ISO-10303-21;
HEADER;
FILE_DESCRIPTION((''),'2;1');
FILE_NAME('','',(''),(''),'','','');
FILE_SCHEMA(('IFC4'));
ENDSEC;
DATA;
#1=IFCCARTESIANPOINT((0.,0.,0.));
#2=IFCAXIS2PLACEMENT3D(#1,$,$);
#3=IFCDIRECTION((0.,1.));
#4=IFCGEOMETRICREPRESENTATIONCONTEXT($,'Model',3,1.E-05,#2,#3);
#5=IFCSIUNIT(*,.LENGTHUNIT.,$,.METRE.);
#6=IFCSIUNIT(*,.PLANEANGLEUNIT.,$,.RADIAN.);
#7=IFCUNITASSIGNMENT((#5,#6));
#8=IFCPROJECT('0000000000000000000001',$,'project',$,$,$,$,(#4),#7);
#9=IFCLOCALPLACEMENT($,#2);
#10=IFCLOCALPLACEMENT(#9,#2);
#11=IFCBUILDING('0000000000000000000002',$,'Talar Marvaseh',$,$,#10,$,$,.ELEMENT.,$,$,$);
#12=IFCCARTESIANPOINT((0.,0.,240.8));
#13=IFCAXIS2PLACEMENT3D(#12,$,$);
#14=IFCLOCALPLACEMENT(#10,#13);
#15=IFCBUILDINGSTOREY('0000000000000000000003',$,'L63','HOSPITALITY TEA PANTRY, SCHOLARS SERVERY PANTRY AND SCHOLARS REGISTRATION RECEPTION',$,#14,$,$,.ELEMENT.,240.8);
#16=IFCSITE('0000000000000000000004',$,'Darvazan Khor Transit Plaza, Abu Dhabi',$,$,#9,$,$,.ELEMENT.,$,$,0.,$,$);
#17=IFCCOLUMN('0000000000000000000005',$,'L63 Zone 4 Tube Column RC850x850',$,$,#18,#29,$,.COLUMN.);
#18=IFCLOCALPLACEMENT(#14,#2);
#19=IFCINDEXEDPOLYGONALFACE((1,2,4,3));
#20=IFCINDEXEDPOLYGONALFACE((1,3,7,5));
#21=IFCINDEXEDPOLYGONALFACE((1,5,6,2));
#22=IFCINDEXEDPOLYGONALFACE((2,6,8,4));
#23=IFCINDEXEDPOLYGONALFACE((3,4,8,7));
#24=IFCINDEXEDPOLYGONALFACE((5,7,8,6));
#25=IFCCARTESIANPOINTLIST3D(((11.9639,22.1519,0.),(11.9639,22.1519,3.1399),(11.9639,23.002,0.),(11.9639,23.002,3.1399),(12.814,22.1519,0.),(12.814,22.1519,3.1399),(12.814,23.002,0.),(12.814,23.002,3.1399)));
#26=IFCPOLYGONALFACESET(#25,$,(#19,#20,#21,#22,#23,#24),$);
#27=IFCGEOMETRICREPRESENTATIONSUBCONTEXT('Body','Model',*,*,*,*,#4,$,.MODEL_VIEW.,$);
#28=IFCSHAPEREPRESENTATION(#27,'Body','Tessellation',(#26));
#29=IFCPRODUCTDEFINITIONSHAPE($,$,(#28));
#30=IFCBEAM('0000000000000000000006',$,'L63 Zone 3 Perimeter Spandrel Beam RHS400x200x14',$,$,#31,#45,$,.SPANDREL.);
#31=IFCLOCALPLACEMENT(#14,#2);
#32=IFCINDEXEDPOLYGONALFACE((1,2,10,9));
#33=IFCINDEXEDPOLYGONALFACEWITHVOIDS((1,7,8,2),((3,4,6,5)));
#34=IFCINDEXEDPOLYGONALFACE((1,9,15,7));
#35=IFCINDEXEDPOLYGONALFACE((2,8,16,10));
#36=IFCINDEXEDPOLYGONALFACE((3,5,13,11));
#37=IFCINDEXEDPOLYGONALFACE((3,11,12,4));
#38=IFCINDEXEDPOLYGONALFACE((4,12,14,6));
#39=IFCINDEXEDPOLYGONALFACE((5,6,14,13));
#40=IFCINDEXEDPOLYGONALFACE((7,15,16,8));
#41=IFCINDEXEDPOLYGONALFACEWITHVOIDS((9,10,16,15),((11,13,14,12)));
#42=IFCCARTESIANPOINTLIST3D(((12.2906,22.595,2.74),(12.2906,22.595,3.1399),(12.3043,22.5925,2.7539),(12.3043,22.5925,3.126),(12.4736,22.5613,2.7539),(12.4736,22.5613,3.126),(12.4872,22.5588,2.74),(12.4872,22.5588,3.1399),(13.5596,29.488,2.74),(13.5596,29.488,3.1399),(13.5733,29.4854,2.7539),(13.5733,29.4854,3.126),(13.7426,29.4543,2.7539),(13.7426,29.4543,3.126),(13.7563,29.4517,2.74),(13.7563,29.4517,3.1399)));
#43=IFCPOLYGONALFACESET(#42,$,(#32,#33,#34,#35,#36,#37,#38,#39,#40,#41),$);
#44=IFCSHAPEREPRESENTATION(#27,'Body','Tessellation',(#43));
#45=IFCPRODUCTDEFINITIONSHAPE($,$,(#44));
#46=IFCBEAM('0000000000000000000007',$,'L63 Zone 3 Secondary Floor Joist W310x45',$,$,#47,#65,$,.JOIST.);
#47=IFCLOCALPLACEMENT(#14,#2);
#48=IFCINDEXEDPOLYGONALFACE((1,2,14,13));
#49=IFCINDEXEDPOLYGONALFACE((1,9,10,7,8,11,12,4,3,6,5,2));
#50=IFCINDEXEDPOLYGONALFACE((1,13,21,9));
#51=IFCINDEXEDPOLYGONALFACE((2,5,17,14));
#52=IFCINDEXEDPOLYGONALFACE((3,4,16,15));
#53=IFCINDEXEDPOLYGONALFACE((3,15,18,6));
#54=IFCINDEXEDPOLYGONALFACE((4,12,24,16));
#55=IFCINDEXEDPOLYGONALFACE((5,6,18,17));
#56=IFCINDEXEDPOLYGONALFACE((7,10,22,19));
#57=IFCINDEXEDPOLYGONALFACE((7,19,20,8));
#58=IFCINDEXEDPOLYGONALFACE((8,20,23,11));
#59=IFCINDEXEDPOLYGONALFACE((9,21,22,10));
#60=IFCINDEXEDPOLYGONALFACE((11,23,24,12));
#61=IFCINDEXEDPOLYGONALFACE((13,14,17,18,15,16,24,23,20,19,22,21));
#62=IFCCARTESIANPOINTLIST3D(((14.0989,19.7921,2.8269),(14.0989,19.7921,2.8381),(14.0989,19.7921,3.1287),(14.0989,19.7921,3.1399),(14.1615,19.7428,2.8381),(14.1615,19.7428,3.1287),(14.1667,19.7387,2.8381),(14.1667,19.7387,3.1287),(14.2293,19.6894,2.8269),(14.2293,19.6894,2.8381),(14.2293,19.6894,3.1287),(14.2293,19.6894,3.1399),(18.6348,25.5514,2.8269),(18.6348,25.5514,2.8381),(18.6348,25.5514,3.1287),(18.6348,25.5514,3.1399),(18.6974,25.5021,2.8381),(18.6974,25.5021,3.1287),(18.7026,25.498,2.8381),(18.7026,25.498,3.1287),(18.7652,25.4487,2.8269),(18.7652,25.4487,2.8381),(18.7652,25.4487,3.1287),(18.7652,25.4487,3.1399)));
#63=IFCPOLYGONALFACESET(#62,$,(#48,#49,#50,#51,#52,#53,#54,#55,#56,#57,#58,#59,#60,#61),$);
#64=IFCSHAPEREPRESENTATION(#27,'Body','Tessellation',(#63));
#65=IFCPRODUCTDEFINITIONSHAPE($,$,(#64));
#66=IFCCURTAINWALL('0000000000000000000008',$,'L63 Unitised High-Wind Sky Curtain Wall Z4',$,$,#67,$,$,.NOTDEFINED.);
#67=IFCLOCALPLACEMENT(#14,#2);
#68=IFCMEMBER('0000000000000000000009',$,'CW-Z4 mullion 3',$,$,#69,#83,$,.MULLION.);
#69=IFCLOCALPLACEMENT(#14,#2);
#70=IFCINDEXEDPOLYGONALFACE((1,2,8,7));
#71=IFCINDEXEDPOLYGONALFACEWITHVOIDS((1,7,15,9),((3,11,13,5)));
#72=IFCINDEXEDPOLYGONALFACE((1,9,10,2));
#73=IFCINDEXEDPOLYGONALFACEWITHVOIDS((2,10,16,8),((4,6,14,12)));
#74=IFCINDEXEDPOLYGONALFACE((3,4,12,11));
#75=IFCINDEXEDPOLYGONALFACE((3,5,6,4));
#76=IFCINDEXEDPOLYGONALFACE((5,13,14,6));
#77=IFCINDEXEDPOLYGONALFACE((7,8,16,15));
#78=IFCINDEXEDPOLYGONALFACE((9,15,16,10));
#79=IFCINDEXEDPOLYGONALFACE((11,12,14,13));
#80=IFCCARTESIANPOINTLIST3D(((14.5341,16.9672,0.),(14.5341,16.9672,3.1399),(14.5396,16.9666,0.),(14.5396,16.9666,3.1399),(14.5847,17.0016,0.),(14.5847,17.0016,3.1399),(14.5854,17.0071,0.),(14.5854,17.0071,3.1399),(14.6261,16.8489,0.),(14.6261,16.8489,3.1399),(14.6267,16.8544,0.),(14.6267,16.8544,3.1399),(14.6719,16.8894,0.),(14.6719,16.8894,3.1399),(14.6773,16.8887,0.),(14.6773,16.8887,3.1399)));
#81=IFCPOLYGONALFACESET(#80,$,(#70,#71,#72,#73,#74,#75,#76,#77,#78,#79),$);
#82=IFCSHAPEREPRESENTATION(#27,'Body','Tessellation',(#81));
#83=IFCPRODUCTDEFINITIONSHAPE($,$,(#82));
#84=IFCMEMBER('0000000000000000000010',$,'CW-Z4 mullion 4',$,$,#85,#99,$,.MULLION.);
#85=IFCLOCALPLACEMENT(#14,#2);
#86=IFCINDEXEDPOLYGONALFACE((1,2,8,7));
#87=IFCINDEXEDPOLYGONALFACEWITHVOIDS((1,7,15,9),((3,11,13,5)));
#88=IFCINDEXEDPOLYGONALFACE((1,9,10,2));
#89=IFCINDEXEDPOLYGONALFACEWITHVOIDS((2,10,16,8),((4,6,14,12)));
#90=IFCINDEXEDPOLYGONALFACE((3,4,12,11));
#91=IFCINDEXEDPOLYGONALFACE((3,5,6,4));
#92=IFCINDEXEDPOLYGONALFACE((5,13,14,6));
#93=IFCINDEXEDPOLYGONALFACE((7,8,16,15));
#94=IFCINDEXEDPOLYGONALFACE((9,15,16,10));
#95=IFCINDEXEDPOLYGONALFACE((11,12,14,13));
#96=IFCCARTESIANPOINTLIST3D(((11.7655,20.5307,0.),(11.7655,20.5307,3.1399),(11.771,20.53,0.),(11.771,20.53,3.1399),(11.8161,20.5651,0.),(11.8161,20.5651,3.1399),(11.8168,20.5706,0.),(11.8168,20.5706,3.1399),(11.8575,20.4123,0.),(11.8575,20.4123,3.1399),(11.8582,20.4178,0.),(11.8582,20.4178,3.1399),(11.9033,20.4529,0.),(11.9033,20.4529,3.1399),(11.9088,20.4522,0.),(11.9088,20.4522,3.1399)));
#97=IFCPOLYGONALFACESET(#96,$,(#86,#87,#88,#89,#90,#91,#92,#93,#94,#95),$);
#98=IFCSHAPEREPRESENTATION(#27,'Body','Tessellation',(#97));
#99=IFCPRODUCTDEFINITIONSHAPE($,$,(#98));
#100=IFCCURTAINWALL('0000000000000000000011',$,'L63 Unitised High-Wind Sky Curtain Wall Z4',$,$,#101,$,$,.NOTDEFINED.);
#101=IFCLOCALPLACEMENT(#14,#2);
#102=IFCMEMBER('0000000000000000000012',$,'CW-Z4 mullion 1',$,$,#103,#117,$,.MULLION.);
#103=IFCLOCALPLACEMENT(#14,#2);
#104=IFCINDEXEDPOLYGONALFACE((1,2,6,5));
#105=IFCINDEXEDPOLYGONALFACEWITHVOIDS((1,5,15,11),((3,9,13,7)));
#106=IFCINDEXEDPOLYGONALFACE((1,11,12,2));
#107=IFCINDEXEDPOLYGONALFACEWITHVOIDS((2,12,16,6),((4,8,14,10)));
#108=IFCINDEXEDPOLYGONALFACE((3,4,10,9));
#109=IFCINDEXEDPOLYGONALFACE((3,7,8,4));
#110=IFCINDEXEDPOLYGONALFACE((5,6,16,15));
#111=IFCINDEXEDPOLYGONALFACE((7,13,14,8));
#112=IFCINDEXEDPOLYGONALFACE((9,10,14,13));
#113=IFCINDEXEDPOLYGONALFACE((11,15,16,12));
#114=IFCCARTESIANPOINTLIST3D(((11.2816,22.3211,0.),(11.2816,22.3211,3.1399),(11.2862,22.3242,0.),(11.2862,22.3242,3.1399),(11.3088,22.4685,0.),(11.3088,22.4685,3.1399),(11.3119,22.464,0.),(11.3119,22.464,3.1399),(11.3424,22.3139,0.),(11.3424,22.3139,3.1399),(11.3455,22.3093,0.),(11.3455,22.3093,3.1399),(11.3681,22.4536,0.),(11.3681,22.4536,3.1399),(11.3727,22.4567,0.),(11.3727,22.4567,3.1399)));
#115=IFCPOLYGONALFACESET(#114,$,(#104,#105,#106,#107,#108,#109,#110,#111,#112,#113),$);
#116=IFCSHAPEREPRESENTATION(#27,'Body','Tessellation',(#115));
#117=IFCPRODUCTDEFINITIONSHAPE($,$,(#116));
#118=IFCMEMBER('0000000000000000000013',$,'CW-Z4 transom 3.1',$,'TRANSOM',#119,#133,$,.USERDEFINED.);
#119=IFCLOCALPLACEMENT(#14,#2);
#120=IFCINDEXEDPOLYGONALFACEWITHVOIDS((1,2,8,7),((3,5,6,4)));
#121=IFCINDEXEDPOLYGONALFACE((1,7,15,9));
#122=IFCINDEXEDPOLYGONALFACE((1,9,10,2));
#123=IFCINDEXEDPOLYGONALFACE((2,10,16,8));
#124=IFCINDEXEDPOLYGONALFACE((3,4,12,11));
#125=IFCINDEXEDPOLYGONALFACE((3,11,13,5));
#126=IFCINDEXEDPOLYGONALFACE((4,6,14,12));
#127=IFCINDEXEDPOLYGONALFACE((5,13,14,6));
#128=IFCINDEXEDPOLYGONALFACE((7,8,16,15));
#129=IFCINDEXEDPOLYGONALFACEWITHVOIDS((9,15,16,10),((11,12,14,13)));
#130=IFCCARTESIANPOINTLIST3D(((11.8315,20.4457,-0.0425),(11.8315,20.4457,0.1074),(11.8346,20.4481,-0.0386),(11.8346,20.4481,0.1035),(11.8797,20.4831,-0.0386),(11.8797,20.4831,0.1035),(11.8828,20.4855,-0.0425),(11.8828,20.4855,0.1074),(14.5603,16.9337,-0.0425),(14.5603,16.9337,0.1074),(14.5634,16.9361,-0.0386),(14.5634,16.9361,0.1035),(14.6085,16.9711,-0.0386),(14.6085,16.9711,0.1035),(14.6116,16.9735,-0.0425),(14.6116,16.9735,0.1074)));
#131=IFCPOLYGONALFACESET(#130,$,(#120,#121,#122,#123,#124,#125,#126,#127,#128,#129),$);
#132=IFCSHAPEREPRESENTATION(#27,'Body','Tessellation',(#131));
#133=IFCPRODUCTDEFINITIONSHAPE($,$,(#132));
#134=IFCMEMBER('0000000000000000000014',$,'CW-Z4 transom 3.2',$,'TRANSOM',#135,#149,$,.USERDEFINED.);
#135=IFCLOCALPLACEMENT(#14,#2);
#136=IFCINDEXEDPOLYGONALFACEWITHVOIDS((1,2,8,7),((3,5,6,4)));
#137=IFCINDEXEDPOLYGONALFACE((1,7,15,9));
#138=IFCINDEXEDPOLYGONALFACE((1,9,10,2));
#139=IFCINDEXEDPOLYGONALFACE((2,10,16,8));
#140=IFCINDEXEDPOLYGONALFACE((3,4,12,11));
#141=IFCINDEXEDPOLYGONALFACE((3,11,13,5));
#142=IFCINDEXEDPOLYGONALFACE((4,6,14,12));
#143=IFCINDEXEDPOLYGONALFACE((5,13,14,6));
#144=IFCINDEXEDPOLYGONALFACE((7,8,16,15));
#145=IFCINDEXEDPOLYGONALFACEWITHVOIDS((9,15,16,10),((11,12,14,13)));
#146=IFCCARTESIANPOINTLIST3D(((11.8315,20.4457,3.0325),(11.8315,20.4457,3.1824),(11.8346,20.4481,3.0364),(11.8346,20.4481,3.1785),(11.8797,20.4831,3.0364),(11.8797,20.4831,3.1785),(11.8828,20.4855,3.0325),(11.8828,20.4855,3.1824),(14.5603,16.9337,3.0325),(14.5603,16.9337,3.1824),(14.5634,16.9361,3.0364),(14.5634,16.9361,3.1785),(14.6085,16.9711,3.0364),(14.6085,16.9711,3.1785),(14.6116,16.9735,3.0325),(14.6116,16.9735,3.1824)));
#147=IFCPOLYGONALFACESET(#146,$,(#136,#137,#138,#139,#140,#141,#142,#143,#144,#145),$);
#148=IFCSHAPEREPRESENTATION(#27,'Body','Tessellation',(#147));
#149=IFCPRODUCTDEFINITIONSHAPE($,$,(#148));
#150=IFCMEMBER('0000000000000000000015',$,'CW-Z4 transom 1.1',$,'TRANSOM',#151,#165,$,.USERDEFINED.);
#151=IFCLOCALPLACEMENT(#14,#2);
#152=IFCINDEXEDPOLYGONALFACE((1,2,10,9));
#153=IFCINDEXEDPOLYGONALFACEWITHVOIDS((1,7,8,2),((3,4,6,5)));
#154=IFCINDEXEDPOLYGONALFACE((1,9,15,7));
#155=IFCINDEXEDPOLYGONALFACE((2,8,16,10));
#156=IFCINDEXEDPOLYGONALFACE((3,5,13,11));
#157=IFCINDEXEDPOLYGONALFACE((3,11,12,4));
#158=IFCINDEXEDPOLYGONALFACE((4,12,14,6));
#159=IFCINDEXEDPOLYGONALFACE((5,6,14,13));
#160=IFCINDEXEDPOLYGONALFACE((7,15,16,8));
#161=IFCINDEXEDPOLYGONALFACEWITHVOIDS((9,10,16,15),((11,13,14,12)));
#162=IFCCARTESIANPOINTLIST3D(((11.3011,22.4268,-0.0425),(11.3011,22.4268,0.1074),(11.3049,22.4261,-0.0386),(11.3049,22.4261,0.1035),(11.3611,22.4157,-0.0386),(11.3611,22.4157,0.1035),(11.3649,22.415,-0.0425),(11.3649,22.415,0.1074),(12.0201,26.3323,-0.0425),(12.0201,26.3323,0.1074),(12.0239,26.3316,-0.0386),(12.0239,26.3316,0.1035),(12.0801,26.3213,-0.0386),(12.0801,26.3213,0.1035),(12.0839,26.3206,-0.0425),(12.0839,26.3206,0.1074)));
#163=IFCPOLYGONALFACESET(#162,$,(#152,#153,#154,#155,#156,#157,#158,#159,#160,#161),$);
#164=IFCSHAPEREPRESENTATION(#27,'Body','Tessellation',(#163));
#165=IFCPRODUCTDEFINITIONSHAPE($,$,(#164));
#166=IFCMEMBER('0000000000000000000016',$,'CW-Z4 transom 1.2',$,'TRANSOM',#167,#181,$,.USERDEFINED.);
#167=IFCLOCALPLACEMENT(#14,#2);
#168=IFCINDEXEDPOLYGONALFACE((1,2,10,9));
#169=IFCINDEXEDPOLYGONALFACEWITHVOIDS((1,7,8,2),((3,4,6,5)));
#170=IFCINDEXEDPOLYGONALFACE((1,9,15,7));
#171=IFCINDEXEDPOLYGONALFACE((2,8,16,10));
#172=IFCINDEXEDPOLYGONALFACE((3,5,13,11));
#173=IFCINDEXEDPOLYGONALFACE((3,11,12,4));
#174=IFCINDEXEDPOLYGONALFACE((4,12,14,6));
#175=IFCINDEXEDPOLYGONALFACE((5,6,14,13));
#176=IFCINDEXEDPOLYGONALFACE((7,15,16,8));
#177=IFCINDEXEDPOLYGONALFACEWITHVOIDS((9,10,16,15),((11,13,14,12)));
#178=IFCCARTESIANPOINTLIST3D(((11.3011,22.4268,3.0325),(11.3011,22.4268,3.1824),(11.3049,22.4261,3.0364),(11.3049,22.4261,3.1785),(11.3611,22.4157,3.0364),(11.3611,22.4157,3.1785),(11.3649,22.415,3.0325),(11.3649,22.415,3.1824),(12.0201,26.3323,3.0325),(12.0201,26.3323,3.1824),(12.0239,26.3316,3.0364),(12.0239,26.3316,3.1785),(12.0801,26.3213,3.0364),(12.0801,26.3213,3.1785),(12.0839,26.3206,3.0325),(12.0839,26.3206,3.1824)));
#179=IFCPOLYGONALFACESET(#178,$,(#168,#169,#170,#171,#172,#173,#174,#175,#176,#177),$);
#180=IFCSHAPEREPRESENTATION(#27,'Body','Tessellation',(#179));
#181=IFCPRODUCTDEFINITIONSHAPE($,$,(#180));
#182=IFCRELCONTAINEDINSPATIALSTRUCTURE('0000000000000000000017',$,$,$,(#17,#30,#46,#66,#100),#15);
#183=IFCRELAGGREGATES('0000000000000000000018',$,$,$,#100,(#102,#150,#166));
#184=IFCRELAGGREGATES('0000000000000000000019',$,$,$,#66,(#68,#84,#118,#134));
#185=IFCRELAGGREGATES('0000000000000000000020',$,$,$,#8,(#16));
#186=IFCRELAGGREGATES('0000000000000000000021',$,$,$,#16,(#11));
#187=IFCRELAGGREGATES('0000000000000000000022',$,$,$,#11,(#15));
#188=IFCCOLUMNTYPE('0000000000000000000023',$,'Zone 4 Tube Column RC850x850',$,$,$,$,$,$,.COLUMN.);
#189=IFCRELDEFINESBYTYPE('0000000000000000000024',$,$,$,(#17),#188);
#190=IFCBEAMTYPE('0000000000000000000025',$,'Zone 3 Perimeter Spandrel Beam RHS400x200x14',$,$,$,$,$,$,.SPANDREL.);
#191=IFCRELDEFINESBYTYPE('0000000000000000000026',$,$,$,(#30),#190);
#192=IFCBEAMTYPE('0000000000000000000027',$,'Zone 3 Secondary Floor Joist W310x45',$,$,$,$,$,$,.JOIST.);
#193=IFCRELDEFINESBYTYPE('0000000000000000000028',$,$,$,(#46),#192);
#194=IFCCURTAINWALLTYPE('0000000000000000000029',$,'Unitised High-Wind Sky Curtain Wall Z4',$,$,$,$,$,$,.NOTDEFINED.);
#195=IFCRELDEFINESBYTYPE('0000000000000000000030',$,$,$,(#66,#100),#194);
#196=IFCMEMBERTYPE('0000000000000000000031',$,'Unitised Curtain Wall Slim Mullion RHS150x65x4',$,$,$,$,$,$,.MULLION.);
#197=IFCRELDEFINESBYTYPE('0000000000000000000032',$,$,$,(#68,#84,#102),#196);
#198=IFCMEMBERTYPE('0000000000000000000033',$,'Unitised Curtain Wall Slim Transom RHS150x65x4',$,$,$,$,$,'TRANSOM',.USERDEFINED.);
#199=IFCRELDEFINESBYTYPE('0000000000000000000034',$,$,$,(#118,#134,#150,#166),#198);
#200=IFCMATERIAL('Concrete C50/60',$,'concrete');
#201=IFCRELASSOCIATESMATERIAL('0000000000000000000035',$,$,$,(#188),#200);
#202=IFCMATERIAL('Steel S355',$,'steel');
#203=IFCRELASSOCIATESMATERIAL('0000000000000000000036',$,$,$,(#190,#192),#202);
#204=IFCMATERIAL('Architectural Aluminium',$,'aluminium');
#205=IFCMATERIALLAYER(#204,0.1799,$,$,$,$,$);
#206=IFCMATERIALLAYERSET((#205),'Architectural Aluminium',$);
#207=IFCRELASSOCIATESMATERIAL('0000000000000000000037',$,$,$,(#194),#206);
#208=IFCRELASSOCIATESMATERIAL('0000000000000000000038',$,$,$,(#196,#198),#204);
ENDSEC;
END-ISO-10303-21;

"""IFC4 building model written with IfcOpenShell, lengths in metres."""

from ifc_helpers import new_model, si_unit, direction, frame, origin, origin_2d, place, context, subcontext, project, spatial, rectangle, hollow_rectangle, i_section, extrude, source, transform, mapped, material, layer, layer_set, material_profile, profile_set, type_object, type_shapes, element, aggregate, save


model = new_model("IFC4")

# Units and contexts
model_context = context("Model", 3, precision=1e-05, world=origin(), true_north=direction((0.0, 1.0)))
body_context = subcontext(model_context, "Body", "Model", "MODEL_VIEW")
ifc_project = project(units=[si_unit("LENGTHUNIT", "METRE"), si_unit("PLANEANGLEUNIT", "RADIAN")], contexts=[model_context])

# Site, building, storey
site_placement = place(None, origin())
site = spatial("IfcSite", under=ifc_project, at=site_placement, Name="Darvazan Khor Transit Plaza, Abu Dhabi", CompositionType="ELEMENT", RefElevation=0.0)
building_placement = place(site_placement, origin())
building = spatial("IfcBuilding", under=site, at=building_placement, Name="Talar Marvaseh", CompositionType="ELEMENT")
storey_placement = place(building_placement, frame((0.0, 0.0, 240.8)))
storey = spatial("IfcBuildingStorey", under=building, at=storey_placement, Name="L63", Description="HOSPITALITY TEA PANTRY, SCHOLARS SERVERY PANTRY AND SCHOLARS REGISTRATION RECEPTION", CompositionType="ELEMENT", Elevation=240.8)

# Column
ifc_material_1 = material(Name="Concrete C50/60", Category="concrete")
ifc_material_profile_1 = material_profile(ifc_material_1, rectangle(XDim=0.8501, YDim=0.8501, at=origin_2d()), Name="RC850x850")
ifc_profile_set_1 = profile_set([ifc_material_profile_1], Name="Concrete C50/60")
column_type = type_object("IfcColumnType", Name="Zone 4 Tube Column RC850x850", PredefinedType="COLUMN", material=ifc_profile_set_1)
column_placement = place(storey_placement, frame((12.3889, 22.5769, 0.0), z_axis=(0.0, 0.0, 1.0), x_axis=(1.0, 0.0, 0.0)))
element("IfcColumn", 1, at=column_placement, inside=storey, type_object=column_type, Name="L63 Zone 4 Tube Column RC850x850", PredefinedType="COLUMN", context=body_context, shape_type="SweptSolid", body=[
    extrude(rectangle(XDim=0.8501, YDim=0.8501, at=origin_2d()), origin(), (0.0, 0.0, 1.0), 3.1399),
])

# Beams
ifc_material_2 = material(Name="Steel S355", Category="steel")
ifc_material_profile_2 = material_profile(ifc_material_2, hollow_rectangle(XDim=0.2, YDim=0.3999, WallThickness=0.0139, at=origin_2d()), Name="RHS400x200x14")
ifc_profile_set_2 = profile_set([ifc_material_profile_2], Name="Steel S355")
beam_type_1 = type_object("IfcBeamType", Name="Zone 3 Perimeter Spandrel Beam RHS400x200x14", PredefinedType="SPANDREL", material=ifc_profile_set_2)
beam_1_placement = place(storey_placement, frame((12.3889, 22.5769, 2.9399), z_axis=(0.181061, 0.983472, 0.0), x_axis=(-0.983472, 0.181061, 0.0)))
element("IfcBeam", 2, at=beam_1_placement, inside=storey, type_object=beam_type_1, Name="L63 Zone 3 Perimeter Spandrel Beam RHS400x200x14", PredefinedType="SPANDREL", context=body_context, shape_type="SweptSolid", body=[
    extrude(hollow_rectangle(XDim=0.2, YDim=0.3999, WallThickness=0.0139, at=origin_2d()), origin(), (0.0, 0.0, 1.0), 7.0088),
])
ifc_material_profile_3 = material_profile(ifc_material_2, i_section(OverallWidth=0.166, OverallDepth=0.313, WebThickness=0.0066, FlangeThickness=0.0112, at=origin_2d()), Name="W310x45")
ifc_profile_set_3 = profile_set([ifc_material_profile_3], Name="Steel S355")
beam_type_2 = type_object("IfcBeamType", Name="Zone 3 Secondary Floor Joist W310x45", PredefinedType="JOIST", material=ifc_profile_set_3)
beam_2_placement = place(storey_placement, frame((14.1641, 19.7407, 2.9834), z_axis=(0.618727, 0.785606, 0.0), x_axis=(-0.785606, 0.618727, 0.0)))
element("IfcBeam", 3, at=beam_2_placement, inside=storey, type_object=beam_type_2, Name="L63 Zone 3 Secondary Floor Joist W310x45", PredefinedType="JOIST", context=body_context, shape_type="SweptSolid", body=[
    extrude(i_section(OverallWidth=0.166, OverallDepth=0.313, WebThickness=0.0066, FlangeThickness=0.0112, at=origin_2d()), origin(), (0.0, 0.0, 1.0), 7.3311),
])

# Curtain wall, members
ifc_material_3 = material(Name="Architectural Aluminium", Category="aluminium")
ifc_layer_1 = layer(ifc_material_3, 0.1799)
ifc_layer_set_1 = layer_set([ifc_layer_1], Name="Architectural Aluminium")
curtain_wall_type = type_object("IfcCurtainWallType", Name="Unitised High-Wind Sky Curtain Wall Z4", PredefinedType="NOTDEFINED", material=ifc_layer_set_1)
curtain_wall_1_placement = place(storey_placement, origin())
curtain_wall_1 = element("IfcCurtainWall", 4, at=curtain_wall_1_placement, inside=storey, type_object=curtain_wall_type, Name="L63 Unitised High-Wind Sky Curtain Wall Z4", PredefinedType="NOTDEFINED")
ifc_material_profile_4 = material_profile(ifc_material_3, hollow_rectangle(XDim=0.0649, YDim=0.1499, WallThickness=0.0039, at=origin_2d()), Name="RHS150x65x4")
ifc_profile_set_4 = profile_set([ifc_material_profile_4], Name="Architectural Aluminium")
member_type_1 = type_object("IfcMemberType", Name="Unitised Curtain Wall Slim Mullion RHS150x65x4", PredefinedType="MULLION", material=ifc_profile_set_4)
shared_shape_1 = source(origin(), body_context, "Body", "SweptSolid", [
    extrude(hollow_rectangle(XDim=0.0649, YDim=0.1499, WallThickness=0.0039, at=origin_2d()), origin(), (0.0, 0.0, 1.0), 3.1399),
])
type_shapes(member_type_1, [shared_shape_1])
member_1_placement = place(storey_placement, frame((14.6057, 16.928, 0.0), z_axis=(0.0, 0.0, 1.0), x_axis=(-0.789661, -0.613544, 0.0)))
member_1 = element("IfcMember", 5, at=member_1_placement, type_object=member_type_1, Name="CW-Z4 mullion 3", PredefinedType="MULLION", context=body_context, shape_type="MappedRepresentation", body=[
    mapped(shared_shape_1, transform((0.0, 0.0, 0.0), x_axis=(1.0, 0.0, 0.0), y_axis=(0.0, 1.0, 0.0), z_axis=(0.0, 0.0, 1.0), scale=1.0)),
])
member_2_placement = place(storey_placement, frame((11.8372, 20.4915, 0.0), z_axis=(0.0, 0.0, 1.0), x_axis=(-0.789661, -0.613544, 0.0)))
member_2 = element("IfcMember", 6, at=member_2_placement, type_object=member_type_1, Name="CW-Z4 mullion 4", PredefinedType="MULLION", context=body_context, shape_type="MappedRepresentation", body=[
    mapped(shared_shape_1, transform((0.0, 0.0, 0.0), x_axis=(1.0, 0.0, 0.0), y_axis=(0.0, 1.0, 0.0), z_axis=(0.0, 0.0, 1.0), scale=1.0)),
])

# Curtain wall, member
curtain_wall_2_placement = place(storey_placement, origin())
curtain_wall_2 = element("IfcCurtainWall", 7, at=curtain_wall_2_placement, inside=storey, type_object=curtain_wall_type, Name="L63 Unitised High-Wind Sky Curtain Wall Z4", PredefinedType="NOTDEFINED")
member_3_placement = place(storey_placement, frame((11.3271, 22.3889, 0.0), z_axis=(0.0, 0.0, 1.0), x_axis=(-0.983471, 0.181067, 0.0)))
member_3 = element("IfcMember", 8, at=member_3_placement, type_object=member_type_1, Name="CW-Z4 mullion 1", PredefinedType="MULLION", context=body_context, shape_type="MappedRepresentation", body=[
    mapped(shared_shape_1, transform((0.0, 0.0, 0.0), x_axis=(1.0, 0.0, 0.0), y_axis=(0.0, 1.0, 0.0), z_axis=(0.0, 0.0, 1.0), scale=1.0)),
])

# Members
ifc_material_profile_5 = material_profile(ifc_material_3, hollow_rectangle(XDim=0.0649, YDim=0.1499, WallThickness=0.0039, at=origin_2d()), Name="RHS150x65x4")
ifc_profile_set_5 = profile_set([ifc_material_profile_5], Name="Architectural Aluminium")
member_type_2 = type_object("IfcMemberType", Name="Unitised Curtain Wall Slim Transom RHS150x65x4", ElementType="TRANSOM", PredefinedType="USERDEFINED", material=ifc_profile_set_5)
shared_shape_2 = source(origin(), body_context, "Body", "SweptSolid", [
    extrude(hollow_rectangle(XDim=0.0649, YDim=0.1499, WallThickness=0.0039, at=origin_2d()), origin(), (0.0, 0.0, 1.0), 4.4475),
])
member_4_placement = place(storey_placement, frame((14.5859, 16.9536, 0.0325), z_axis=(-0.613553, 0.789654, 0.0), x_axis=(-0.789654, -0.613553, 0.0)))
member_4 = element("IfcMember", 9, at=member_4_placement, type_object=member_type_2, Name="CW-Z4 transom 3.1", ObjectType="TRANSOM", PredefinedType="USERDEFINED", context=body_context, shape_type="MappedRepresentation", body=[
    mapped(shared_shape_2, transform((0.0, 0.0, 0.0), x_axis=(1.0, 0.0, 0.0), y_axis=(0.0, 1.0, 0.0), z_axis=(0.0, 0.0, 1.0), scale=1.0)),
])
member_5_placement = place(storey_placement, frame((14.5859, 16.9536, 3.1074), z_axis=(-0.613553, 0.789654, 0.0), x_axis=(-0.789654, -0.613553, 0.0)))
member_5 = element("IfcMember", 10, at=member_5_placement, type_object=member_type_2, Name="CW-Z4 transom 3.2", ObjectType="TRANSOM", PredefinedType="USERDEFINED", context=body_context, shape_type="MappedRepresentation", body=[
    mapped(shared_shape_2, transform((0.0, 0.0, 0.0), x_axis=(1.0, 0.0, 0.0), y_axis=(0.0, 1.0, 0.0), z_axis=(0.0, 0.0, 1.0), scale=1.0)),
])
shared_shape_3 = source(origin(), body_context, "Body", "SweptSolid", [
    extrude(hollow_rectangle(XDim=0.0649, YDim=0.1499, WallThickness=0.0039, at=origin_2d()), origin(), (0.0, 0.0, 1.0), 3.9712),
])
type_shapes(member_type_2, [shared_shape_2, shared_shape_3])
member_6_placement = place(storey_placement, frame((11.333, 22.4209, 0.0325), z_axis=(0.181054, 0.983473, 0.0), x_axis=(-0.983473, 0.181054, 0.0)))
member_6 = element("IfcMember", 11, at=member_6_placement, type_object=member_type_2, Name="CW-Z4 transom 1.1", ObjectType="TRANSOM", PredefinedType="USERDEFINED", context=body_context, shape_type="MappedRepresentation", body=[
    mapped(shared_shape_3, transform((0.0, 0.0, 0.0), x_axis=(1.0, 0.0, 0.0), y_axis=(0.0, 1.0, 0.0), z_axis=(0.0, 0.0, 1.0), scale=1.0)),
])
member_7_placement = place(storey_placement, frame((11.333, 22.4209, 3.1074), z_axis=(0.181054, 0.983473, 0.0), x_axis=(-0.983473, 0.181054, 0.0)))
member_7 = element("IfcMember", 12, at=member_7_placement, type_object=member_type_2, Name="CW-Z4 transom 1.2", ObjectType="TRANSOM", PredefinedType="USERDEFINED", context=body_context, shape_type="MappedRepresentation", body=[
    mapped(shared_shape_3, transform((0.0, 0.0, 0.0), x_axis=(1.0, 0.0, 0.0), y_axis=(0.0, 1.0, 0.0), z_axis=(0.0, 0.0, 1.0), scale=1.0)),
])
aggregate(curtain_wall_2, [member_3, member_6, member_7])

aggregate(curtain_wall_1, [member_1, member_2, member_4, member_5])

save(model, "model.ifc")
